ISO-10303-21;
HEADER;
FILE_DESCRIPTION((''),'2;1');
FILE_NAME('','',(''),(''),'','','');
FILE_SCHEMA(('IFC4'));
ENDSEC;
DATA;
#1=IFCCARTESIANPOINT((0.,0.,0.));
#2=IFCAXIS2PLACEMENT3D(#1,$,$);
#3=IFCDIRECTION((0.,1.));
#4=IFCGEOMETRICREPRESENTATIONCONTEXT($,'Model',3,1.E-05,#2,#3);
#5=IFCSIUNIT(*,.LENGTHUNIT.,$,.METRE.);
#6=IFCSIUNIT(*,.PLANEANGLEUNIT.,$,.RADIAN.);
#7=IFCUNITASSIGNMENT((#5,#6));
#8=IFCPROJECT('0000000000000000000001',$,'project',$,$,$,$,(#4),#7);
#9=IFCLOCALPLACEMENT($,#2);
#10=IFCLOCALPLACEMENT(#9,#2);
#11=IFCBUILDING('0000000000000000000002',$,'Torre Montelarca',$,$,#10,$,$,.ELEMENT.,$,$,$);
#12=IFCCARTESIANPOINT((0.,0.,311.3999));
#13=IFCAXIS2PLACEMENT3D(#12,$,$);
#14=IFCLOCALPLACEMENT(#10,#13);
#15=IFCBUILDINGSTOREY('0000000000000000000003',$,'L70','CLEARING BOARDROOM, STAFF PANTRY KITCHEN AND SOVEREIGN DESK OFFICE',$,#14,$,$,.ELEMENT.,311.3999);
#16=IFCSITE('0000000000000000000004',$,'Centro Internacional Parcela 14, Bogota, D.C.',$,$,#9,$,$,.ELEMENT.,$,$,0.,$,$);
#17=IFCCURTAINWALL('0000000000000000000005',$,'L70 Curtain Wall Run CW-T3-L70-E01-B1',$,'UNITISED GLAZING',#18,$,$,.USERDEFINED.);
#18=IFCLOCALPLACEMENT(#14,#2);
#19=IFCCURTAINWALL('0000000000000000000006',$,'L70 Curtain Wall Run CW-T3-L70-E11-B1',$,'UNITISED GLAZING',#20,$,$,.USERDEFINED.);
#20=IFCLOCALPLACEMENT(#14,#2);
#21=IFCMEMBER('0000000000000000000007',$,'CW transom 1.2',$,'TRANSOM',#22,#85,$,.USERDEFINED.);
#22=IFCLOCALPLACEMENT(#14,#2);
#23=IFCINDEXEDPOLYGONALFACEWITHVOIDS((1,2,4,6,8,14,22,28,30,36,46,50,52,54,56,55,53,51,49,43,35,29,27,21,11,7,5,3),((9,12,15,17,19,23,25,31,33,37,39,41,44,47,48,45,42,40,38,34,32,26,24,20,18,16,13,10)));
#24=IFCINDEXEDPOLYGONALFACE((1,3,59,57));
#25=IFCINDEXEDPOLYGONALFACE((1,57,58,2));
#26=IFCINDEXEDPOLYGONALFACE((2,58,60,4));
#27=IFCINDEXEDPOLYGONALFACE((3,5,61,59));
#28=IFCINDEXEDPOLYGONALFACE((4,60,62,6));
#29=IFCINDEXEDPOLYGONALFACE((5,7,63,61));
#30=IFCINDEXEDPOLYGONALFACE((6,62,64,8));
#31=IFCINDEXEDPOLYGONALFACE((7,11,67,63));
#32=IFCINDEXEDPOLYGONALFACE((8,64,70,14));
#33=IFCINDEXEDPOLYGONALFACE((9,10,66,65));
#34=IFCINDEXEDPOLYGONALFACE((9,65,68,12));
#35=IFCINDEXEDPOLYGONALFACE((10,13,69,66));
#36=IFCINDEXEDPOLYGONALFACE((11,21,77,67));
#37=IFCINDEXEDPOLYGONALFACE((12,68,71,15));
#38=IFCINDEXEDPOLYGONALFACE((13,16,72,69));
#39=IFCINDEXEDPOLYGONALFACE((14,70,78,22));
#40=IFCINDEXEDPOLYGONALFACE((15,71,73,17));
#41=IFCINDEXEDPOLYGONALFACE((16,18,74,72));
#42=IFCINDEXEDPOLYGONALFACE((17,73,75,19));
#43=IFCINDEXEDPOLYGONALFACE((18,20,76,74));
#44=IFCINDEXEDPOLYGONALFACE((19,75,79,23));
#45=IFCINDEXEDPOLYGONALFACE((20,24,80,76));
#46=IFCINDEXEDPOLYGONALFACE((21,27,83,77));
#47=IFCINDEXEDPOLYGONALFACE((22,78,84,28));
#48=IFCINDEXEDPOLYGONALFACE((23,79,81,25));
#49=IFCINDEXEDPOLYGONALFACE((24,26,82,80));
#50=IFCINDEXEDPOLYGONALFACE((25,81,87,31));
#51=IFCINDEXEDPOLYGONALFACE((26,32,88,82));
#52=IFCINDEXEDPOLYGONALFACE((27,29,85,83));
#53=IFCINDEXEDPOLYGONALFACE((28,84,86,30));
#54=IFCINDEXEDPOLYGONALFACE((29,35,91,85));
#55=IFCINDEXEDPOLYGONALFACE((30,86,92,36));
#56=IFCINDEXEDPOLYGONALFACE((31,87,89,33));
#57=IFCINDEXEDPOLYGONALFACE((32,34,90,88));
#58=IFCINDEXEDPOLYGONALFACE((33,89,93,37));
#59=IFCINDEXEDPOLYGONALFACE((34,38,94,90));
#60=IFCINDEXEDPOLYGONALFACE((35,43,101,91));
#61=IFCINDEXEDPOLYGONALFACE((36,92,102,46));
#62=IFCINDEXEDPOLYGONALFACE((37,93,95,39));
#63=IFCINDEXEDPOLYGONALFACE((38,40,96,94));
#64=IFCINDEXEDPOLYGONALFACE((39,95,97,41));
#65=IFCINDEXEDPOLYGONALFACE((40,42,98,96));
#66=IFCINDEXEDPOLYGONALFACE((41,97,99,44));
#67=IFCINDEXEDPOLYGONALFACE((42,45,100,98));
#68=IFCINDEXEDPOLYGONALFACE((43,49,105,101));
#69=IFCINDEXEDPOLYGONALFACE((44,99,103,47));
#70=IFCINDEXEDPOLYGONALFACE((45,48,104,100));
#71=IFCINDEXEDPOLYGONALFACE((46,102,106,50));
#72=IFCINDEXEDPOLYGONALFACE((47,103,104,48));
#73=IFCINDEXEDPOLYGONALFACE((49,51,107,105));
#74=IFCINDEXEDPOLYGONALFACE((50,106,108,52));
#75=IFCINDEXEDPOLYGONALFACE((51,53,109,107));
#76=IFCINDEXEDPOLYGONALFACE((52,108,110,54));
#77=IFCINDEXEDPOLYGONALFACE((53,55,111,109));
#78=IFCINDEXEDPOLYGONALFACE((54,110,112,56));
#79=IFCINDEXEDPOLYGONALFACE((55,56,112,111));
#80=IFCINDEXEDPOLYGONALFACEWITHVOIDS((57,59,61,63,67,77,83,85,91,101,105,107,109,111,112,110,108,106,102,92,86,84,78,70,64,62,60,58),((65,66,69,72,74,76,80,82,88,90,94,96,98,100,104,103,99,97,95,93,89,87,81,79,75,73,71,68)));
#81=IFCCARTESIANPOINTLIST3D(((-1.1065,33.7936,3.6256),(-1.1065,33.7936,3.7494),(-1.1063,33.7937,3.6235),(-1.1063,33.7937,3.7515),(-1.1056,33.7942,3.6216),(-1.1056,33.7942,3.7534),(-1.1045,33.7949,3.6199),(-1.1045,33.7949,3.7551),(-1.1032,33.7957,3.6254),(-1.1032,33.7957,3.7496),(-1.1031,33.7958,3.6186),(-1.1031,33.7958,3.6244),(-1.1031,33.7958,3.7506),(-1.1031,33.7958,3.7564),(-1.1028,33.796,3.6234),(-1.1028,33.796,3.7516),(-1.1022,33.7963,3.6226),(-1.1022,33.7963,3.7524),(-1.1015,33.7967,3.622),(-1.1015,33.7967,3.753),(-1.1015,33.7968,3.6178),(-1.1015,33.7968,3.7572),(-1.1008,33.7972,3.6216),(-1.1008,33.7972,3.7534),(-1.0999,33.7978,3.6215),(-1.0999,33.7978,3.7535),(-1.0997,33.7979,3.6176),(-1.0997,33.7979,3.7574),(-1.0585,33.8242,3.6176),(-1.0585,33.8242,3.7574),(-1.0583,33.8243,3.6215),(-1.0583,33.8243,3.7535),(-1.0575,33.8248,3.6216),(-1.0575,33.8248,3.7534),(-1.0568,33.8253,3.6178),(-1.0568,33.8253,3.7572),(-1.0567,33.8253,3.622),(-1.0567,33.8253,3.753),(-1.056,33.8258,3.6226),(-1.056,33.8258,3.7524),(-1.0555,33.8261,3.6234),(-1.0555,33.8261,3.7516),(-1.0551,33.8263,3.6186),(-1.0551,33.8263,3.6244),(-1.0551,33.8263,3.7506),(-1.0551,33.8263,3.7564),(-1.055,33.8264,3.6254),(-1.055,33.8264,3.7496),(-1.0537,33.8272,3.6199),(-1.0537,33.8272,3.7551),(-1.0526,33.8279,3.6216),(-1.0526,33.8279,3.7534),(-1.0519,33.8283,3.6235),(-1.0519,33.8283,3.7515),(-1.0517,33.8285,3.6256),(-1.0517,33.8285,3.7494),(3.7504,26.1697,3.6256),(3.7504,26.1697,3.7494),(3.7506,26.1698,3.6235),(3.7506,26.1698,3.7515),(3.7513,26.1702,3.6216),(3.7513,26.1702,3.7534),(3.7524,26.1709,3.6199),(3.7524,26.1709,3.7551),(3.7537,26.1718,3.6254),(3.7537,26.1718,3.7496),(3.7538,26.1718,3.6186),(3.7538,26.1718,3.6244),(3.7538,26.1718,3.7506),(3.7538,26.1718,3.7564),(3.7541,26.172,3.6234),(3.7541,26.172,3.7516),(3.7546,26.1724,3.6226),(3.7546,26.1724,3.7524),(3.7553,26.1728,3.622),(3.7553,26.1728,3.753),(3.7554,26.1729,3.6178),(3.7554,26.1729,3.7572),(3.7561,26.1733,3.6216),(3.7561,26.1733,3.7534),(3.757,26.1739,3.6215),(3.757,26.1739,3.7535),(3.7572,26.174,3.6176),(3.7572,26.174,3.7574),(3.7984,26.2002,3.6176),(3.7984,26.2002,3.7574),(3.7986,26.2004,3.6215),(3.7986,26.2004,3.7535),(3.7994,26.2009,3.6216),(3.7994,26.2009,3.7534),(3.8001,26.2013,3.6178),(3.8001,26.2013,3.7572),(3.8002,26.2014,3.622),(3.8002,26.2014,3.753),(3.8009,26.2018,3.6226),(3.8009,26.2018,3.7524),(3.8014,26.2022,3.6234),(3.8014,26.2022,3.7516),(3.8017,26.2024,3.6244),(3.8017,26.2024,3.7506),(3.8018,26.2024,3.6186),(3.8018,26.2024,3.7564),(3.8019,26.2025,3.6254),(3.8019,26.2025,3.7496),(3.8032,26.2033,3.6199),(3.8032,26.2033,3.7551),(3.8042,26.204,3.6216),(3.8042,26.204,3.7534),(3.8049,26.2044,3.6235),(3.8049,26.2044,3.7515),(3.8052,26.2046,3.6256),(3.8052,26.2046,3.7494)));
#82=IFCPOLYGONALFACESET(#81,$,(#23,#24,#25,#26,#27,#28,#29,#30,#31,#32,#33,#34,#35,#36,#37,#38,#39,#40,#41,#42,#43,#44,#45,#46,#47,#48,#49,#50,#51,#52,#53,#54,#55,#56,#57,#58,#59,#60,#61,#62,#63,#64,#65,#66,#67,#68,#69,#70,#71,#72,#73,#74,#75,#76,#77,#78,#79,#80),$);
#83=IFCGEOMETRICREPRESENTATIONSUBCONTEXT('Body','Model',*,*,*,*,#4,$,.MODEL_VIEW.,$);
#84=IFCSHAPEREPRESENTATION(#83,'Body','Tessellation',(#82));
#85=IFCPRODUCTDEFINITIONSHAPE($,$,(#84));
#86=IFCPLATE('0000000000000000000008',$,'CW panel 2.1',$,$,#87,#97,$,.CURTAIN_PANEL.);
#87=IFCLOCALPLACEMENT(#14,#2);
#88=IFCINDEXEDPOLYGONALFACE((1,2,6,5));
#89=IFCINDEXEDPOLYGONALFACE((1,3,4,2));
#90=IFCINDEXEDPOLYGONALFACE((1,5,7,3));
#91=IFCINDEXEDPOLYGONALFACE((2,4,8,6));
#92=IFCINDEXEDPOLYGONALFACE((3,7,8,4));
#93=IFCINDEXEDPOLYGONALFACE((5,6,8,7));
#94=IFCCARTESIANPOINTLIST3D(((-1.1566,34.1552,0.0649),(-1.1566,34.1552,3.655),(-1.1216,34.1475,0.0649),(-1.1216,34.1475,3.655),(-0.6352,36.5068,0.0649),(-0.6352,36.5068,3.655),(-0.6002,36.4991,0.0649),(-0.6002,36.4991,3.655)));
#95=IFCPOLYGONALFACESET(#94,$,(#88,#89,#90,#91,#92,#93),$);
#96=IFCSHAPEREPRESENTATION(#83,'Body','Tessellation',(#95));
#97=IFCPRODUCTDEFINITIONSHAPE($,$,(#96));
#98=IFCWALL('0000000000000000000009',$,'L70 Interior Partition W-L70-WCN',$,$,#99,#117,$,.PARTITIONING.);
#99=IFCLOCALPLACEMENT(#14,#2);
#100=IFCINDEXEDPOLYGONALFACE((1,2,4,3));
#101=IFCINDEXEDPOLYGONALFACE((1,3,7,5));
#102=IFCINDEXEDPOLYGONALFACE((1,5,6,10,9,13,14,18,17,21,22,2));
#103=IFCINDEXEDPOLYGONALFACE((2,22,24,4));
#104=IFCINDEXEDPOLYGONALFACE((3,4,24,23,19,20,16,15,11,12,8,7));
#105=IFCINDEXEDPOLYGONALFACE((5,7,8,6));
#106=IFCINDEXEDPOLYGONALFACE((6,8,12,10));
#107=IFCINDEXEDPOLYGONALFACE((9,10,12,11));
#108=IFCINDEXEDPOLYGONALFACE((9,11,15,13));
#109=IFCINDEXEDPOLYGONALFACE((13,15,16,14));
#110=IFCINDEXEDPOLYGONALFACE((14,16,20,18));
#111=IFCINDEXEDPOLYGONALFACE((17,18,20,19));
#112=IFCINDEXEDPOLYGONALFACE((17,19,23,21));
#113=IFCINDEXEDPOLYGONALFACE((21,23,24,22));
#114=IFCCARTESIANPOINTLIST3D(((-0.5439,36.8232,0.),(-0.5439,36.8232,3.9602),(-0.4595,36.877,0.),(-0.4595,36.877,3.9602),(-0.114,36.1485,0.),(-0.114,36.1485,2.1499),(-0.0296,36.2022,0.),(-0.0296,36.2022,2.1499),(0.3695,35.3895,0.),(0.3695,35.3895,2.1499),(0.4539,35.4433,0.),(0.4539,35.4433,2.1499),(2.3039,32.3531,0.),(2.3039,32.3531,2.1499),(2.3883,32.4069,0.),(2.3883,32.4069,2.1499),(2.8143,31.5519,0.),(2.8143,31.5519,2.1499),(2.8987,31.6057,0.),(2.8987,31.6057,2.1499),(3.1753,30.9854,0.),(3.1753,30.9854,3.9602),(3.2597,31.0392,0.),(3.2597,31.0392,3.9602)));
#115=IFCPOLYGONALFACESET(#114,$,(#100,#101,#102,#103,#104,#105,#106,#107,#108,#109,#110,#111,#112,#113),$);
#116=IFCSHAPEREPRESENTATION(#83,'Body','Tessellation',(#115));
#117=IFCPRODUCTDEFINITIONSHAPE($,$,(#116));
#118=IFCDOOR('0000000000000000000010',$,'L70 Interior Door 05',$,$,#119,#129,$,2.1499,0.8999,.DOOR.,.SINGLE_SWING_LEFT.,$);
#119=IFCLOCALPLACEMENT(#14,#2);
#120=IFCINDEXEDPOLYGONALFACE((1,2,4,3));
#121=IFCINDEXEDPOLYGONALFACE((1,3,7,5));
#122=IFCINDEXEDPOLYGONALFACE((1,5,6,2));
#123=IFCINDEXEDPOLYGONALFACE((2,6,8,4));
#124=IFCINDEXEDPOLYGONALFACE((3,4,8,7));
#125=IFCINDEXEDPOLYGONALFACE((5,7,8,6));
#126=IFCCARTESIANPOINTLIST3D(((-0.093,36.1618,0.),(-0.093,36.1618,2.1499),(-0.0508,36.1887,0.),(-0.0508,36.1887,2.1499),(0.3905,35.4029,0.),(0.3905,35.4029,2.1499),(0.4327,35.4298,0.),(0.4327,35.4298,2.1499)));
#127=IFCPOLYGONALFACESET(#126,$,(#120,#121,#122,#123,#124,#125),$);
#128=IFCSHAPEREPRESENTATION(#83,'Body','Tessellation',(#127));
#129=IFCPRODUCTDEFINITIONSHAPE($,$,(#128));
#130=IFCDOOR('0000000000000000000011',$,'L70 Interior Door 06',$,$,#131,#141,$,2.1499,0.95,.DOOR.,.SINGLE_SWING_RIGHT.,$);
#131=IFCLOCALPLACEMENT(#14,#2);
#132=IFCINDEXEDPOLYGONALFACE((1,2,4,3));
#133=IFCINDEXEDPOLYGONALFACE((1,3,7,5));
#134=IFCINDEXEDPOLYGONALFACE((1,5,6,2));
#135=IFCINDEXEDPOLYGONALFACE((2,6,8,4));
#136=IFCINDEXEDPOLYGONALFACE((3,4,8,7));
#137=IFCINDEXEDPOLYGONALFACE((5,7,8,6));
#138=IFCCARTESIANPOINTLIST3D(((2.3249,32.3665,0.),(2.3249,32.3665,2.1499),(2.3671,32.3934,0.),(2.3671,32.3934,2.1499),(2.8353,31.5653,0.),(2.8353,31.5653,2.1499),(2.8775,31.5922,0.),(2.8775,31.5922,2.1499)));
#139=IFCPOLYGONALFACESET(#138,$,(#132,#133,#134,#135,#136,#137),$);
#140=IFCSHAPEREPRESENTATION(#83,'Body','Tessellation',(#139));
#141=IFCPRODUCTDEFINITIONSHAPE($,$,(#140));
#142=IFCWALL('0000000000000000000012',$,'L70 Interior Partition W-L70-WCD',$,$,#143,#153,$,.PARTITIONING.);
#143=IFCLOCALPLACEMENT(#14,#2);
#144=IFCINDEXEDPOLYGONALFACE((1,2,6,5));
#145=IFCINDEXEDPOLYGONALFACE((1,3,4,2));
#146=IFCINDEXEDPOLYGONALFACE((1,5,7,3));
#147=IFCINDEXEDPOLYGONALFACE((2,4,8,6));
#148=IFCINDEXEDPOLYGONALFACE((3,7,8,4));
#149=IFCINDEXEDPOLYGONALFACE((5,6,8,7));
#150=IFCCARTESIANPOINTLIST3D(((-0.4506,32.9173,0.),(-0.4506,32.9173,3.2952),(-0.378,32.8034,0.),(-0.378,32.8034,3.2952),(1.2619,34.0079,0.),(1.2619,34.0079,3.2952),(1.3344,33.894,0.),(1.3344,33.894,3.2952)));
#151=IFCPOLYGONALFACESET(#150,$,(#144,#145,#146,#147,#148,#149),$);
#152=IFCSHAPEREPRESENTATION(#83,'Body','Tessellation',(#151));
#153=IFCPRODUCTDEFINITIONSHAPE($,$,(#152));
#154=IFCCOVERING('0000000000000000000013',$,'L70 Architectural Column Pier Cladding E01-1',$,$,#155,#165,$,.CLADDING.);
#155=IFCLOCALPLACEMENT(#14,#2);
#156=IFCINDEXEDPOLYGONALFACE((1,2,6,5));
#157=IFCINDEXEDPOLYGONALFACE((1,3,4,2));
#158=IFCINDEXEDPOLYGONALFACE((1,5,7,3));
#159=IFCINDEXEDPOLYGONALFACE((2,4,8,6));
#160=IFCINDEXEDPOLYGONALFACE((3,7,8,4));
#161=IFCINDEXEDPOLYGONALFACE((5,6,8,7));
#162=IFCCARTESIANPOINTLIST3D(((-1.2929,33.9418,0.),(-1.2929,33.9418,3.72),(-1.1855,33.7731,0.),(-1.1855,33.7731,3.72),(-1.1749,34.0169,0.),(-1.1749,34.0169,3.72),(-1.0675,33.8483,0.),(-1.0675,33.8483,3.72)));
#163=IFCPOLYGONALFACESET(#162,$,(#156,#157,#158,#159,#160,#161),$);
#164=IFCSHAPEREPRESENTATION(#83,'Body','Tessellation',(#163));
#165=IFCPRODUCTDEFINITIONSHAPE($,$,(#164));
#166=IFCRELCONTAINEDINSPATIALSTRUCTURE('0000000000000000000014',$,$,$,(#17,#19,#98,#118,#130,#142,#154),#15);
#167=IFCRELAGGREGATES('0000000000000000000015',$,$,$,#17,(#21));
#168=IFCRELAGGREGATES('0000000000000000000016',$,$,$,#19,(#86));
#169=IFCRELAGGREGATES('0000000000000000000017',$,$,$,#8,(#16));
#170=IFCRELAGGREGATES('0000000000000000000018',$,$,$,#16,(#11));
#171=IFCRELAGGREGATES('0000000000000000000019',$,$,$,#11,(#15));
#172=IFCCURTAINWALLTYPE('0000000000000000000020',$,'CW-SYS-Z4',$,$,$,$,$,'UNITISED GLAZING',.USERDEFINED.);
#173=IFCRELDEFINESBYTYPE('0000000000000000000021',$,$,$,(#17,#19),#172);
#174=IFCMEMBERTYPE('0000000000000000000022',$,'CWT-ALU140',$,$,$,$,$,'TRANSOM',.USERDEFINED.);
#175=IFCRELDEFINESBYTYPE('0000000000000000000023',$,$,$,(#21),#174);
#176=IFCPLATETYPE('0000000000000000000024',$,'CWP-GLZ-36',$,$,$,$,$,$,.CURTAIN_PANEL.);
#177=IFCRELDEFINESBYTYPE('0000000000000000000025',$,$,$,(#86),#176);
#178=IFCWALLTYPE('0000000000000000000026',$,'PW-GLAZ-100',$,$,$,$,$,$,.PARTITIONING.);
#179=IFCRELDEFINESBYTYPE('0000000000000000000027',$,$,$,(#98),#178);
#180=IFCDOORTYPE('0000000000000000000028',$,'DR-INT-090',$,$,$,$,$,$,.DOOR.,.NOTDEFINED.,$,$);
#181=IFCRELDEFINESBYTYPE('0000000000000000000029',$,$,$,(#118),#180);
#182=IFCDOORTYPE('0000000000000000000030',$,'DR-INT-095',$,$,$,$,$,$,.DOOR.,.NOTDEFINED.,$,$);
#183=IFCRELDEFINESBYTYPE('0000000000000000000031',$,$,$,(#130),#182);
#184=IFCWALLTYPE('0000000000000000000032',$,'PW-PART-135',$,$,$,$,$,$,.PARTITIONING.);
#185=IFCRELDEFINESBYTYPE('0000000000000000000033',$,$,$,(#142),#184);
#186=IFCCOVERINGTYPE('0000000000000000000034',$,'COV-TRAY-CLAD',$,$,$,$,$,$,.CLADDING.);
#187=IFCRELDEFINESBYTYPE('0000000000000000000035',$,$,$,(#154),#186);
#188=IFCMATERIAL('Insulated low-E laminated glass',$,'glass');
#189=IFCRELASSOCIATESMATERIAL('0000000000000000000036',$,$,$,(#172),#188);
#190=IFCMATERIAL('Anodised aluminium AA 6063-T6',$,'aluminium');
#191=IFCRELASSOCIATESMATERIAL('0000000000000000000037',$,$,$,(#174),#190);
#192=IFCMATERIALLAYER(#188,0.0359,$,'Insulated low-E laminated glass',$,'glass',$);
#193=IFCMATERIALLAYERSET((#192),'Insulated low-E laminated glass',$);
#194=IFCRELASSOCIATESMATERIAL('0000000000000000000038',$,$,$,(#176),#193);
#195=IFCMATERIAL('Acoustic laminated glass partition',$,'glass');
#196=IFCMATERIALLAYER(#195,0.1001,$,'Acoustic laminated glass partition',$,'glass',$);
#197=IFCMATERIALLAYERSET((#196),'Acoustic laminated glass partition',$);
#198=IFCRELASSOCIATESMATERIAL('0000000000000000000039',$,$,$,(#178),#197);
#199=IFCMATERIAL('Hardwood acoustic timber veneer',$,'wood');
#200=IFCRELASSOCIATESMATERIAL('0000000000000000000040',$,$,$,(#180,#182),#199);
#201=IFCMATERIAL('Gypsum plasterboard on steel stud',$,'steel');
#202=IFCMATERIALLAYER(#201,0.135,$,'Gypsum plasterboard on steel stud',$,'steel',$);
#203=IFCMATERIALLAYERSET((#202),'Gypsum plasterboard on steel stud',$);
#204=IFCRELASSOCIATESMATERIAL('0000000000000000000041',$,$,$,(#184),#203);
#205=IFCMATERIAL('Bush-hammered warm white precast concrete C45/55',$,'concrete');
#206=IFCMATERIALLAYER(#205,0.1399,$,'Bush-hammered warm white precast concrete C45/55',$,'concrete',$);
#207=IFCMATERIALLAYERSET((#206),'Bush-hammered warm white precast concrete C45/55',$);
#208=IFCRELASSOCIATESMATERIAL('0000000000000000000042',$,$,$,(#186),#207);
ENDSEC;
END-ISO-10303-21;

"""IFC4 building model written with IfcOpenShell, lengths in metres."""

from ifc_helpers import new_model, si_unit, direction, frame, frame_2d, origin, origin_2d, place, context, subcontext, project, spatial, rectangle, hollow_rectangle, extrude, source, transform, mapped, material, layer, layer_set, material_profile, profile_set, type_object, element, fill, aggregate, save


model = new_model("IFC4")

# Units and contexts
model_context = context("Model", 3, precision=1e-05, world=origin(), true_north=direction((0.0, 1.0)))
body_context = subcontext(model_context, "Body", "Model", "MODEL_VIEW")
ifc_project = project(units=[si_unit("LENGTHUNIT", "METRE"), si_unit("PLANEANGLEUNIT", "RADIAN")], contexts=[model_context])

# Site, building, storey
site_placement = place(None, origin())
site = spatial("IfcSite", under=ifc_project, at=site_placement, Name="Centro Internacional Parcela 14, Bogota, D.C.", CompositionType="ELEMENT", RefElevation=0.0)
building_placement = place(site_placement, origin())
building = spatial("IfcBuilding", under=site, at=building_placement, Name="Torre Montelarca", CompositionType="ELEMENT")
storey_placement = place(building_placement, frame((0.0, 0.0, 311.3999)))
storey = spatial("IfcBuildingStorey", under=building, at=storey_placement, Name="L70", Description="CLEARING BOARDROOM, STAFF PANTRY KITCHEN AND SOVEREIGN DESK OFFICE", CompositionType="ELEMENT", Elevation=311.3999)

# Curtain wall
ifc_material_1 = material(Name="Insulated low-E laminated glass", Category="glass")
curtain_wall_type = type_object("IfcCurtainWallType", Name="CW-SYS-Z4", ElementType="UNITISED GLAZING", PredefinedType="USERDEFINED", material=ifc_material_1)
curtain_wall_1_placement = place(storey_placement, origin())
curtain_wall_1 = element("IfcCurtainWall", 1, at=curtain_wall_1_placement, inside=storey, type_object=curtain_wall_type, Name="L70 Curtain Wall Run CW-T3-L70-E01-B1", ObjectType="UNITISED GLAZING", PredefinedType="USERDEFINED")
ifc_material_2 = material(Name="Anodised aluminium AA 6063-T6", Category="aluminium")

# Curtain wall
curtain_wall_2_placement = place(storey_placement, origin())
curtain_wall_2 = element("IfcCurtainWall", 2, at=curtain_wall_2_placement, inside=storey, type_object=curtain_wall_type, Name="L70 Curtain Wall Run CW-T3-L70-E11-B1", ObjectType="UNITISED GLAZING", PredefinedType="USERDEFINED")
ifc_material_profile_1 = material_profile(ifc_material_2, hollow_rectangle(XDim=0.0649, YDim=0.1399, WallThickness=0.0039, InnerFilletRadius=0.0039, OuterFilletRadius=0.0081, at=origin_2d()), Name="ALU65X140X4", Category="aluminium")
ifc_profile_set_1 = profile_set([ifc_material_profile_1], Name="Anodised aluminium AA 6063-T6")
member_type_1 = type_object("IfcMemberType", Name="CWT-ALU140", ElementType="TRANSOM", PredefinedType="USERDEFINED", material=ifc_profile_set_1)

# Member
shared_shape_1 = source(origin(), body_context, "Body", "SweptSolid", [
    extrude(hollow_rectangle(XDim=0.0649, YDim=0.1399, WallThickness=0.0039, InnerFilletRadius=0.0039, OuterFilletRadius=0.0081, at=origin_2d()), origin(), (0.0, 0.0, 1.0), 9.0396),
])
member_1_placement = place(storey_placement, frame((-1.0791, 33.811, 3.6875), z_axis=(0.537291, -0.843397, 0.0), x_axis=(0.843397, 0.537291, 0.0)))
member_1 = element("IfcMember", 3, at=member_1_placement, type_object=member_type_1, Name="CW transom 1.2", ObjectType="TRANSOM", PredefinedType="USERDEFINED", context=body_context, shape_type="MappedRepresentation", body=[
    mapped(shared_shape_1, transform((0.0, 0.0, 0.0), scale=1.0)),
])
aggregate(curtain_wall_1, [member_1])

# Plate
ifc_layer_1 = layer(ifc_material_1, 0.0359, Name="Insulated low-E laminated glass", Category="glass")
ifc_layer_set_1 = layer_set([ifc_layer_1], Name="Insulated low-E laminated glass")
plate_type = type_object("IfcPlateType", Name="CWP-GLZ-36", PredefinedType="CURTAIN_PANEL", material=ifc_layer_set_1)
shared_shape_2 = source(origin(), body_context, "Body", "SweptSolid", [
    extrude(rectangle(XDim=2.4087, YDim=0.0359, at=origin_2d()), origin(), (0.0, 0.0, 1.0), 3.5901),
])
plate_placement = place(storey_placement, frame((-0.8784, 35.3271, 0.0649), z_axis=(0.0, 0.0, 1.0), x_axis=(-0.216462, -0.976291, 0.0)))
plate = element("IfcPlate", 4, at=plate_placement, type_object=plate_type, Name="CW panel 2.1", PredefinedType="CURTAIN_PANEL", context=body_context, shape_type="MappedRepresentation", body=[
    mapped(shared_shape_2, transform((0.0, 0.0, 0.0), scale=1.0)),
])
aggregate(curtain_wall_2, [plate])

# Wall, openings, doors
ifc_material_3 = material(Name="Acoustic laminated glass partition", Category="glass")
ifc_layer_2 = layer(ifc_material_3, 0.1001, Name="Acoustic laminated glass partition", Category="glass")
ifc_layer_set_2 = layer_set([ifc_layer_2], Name="Acoustic laminated glass partition")
wall_type_1 = type_object("IfcWallType", Name="PW-GLAZ-100", PredefinedType="PARTITIONING", material=ifc_layer_set_2)
wall_1_placement = place(storey_placement, frame((-0.5017, 36.8501, 0.0), z_axis=(0.0, 0.0, 1.0), x_axis=(0.537309, -0.843385, 0.0)))
wall_1 = element("IfcWall", 5, at=wall_1_placement, inside=storey, type_object=wall_type_1, Name="L70 Interior Partition W-L70-WCN", PredefinedType="PARTITIONING", context=body_context, shape_type="SweptSolid", body=[
    extrude(rectangle(XDim=6.9219, YDim=0.1001, at=frame_2d((3.4609, 0.0))), origin(), (0.0, 0.0, 1.0), 3.9602),
])
opening_1_placement = place(wall_1_placement, frame((0.8, 0.0, 0.0)))
opening_1 = element("IfcOpeningElement", 6, at=opening_1_placement, cuts=wall_1, PredefinedType="OPENING", context=body_context, shape_type="SweptSolid", body=[
    extrude(rectangle(XDim=0.8999, YDim=2.1499, at=frame_2d((0.45, 1.075))), frame((0.0, 0.0601, 0.0), z_axis=(0.0, -1.0, 0.0), x_axis=(1.0, 0.0, 0.0)), (0.0, 0.0, 1.0), 0.1201),
])
opening_2_placement = place(wall_1_placement, frame((5.3, 0.0, 0.0)))
opening_2 = element("IfcOpeningElement", 7, at=opening_2_placement, cuts=wall_1, PredefinedType="OPENING", context=body_context, shape_type="SweptSolid", body=[
    extrude(rectangle(XDim=0.95, YDim=2.1499, at=frame_2d((0.4751, 1.075))), frame((0.0, 0.0601, 0.0), z_axis=(0.0, -1.0, 0.0), x_axis=(1.0, 0.0, 0.0)), (0.0, 0.0, 1.0), 0.1201),
])
ifc_material_4 = material(Name="Hardwood acoustic timber veneer", Category="wood")
door_type_1 = type_object("IfcDoorType", Name="DR-INT-090", OperationType="NOTDEFINED", PredefinedType="DOOR", material=ifc_material_4)
shared_shape_3 = source(origin(), body_context, "Body", "SweptSolid", [
    extrude(rectangle(XDim=0.8999, YDim=2.1499, at=frame_2d((0.45, 1.075))), frame((0.0, 0.0249, 0.0), z_axis=(0.0, -1.0, 0.0), x_axis=(1.0, 0.0, 0.0)), (0.0, 0.0, 1.0), 0.05),
])
door_1_placement = place(opening_1_placement, origin())
door_1 = element("IfcDoor", 8, at=door_1_placement, inside=storey, type_object=door_type_1, Name="L70 Interior Door 05", OperationType="SINGLE_SWING_LEFT", OverallHeight=2.1499, OverallWidth=0.8999, PredefinedType="DOOR", context=body_context, shape_type="MappedRepresentation", body=[
    mapped(shared_shape_3, transform((0.0, 0.0, 0.0), scale=1.0)),
])
fill(opening_1, door_1)
door_type_2 = type_object("IfcDoorType", Name="DR-INT-095", OperationType="NOTDEFINED", PredefinedType="DOOR", material=ifc_material_4)
shared_shape_4 = source(origin(), body_context, "Body", "SweptSolid", [
    extrude(rectangle(XDim=0.95, YDim=2.1499, at=frame_2d((0.4751, 1.075))), frame((0.0, 0.0249, 0.0), z_axis=(0.0, -1.0, 0.0), x_axis=(1.0, 0.0, 0.0)), (0.0, 0.0, 1.0), 0.05),
])
door_2_placement = place(opening_2_placement, origin())
door_2 = element("IfcDoor", 9, at=door_2_placement, inside=storey, type_object=door_type_2, Name="L70 Interior Door 06", OperationType="SINGLE_SWING_RIGHT", OverallHeight=2.1499, OverallWidth=0.95, PredefinedType="DOOR", context=body_context, shape_type="MappedRepresentation", body=[
    mapped(shared_shape_4, transform((0.0, 0.0, 0.0), scale=1.0)),
])
fill(opening_2, door_2)

# Wall
ifc_material_5 = material(Name="Gypsum plasterboard on steel stud", Category="steel")
ifc_layer_3 = layer(ifc_material_5, 0.135, Name="Gypsum plasterboard on steel stud", Category="steel")
ifc_layer_set_3 = layer_set([ifc_layer_3], Name="Gypsum plasterboard on steel stud")
wall_type_2 = type_object("IfcWallType", Name="PW-PART-135", PredefinedType="PARTITIONING", material=ifc_layer_set_3)
wall_2_placement = place(storey_placement, frame((-0.4143, 32.8604, 0.0), z_axis=(0.0, 0.0, 1.0), x_axis=(0.843468, 0.537179, 0.0)))
element("IfcWall", 10, at=wall_2_placement, inside=storey, type_object=wall_type_2, Name="L70 Interior Partition W-L70-WCD", PredefinedType="PARTITIONING", context=body_context, shape_type="SweptSolid", body=[
    extrude(rectangle(XDim=2.0303, YDim=0.135, at=frame_2d((1.0151, 0.0))), origin(), (0.0, 0.0, 1.0), 3.2952),
])

# Covering
ifc_material_6 = material(Name="Bush-hammered warm white precast concrete C45/55", Category="concrete")
ifc_layer_4 = layer(ifc_material_6, 0.1399, Name="Bush-hammered warm white precast concrete C45/55", Category="concrete")
ifc_layer_set_4 = layer_set([ifc_layer_4], Name="Bush-hammered warm white precast concrete C45/55")
covering_type = type_object("IfcCoveringType", Name="COV-TRAY-CLAD", PredefinedType="CLADDING", material=ifc_layer_set_4)
shared_shape_5 = source(origin(), body_context, "Body", "SweptSolid", [
    extrude(rectangle(XDim=0.2, YDim=0.1399, at=origin_2d()), origin(), (0.0, 0.0, 1.0), 3.72),
])
for number, where, z_axis, x_axis, name in (
    (11, (-1.1802, 33.895, 0.0), (0.0, 0.0, 1.0), (0.537301, -0.843391, 0.0), "L70 Architectural Column Pier Cladding E01-1"),
):
    element("IfcCovering", number, at=place(storey_placement, frame(where, z_axis=z_axis, x_axis=x_axis)), inside=storey, type_object=covering_type, Name=name, PredefinedType="CLADDING", context=body_context, shape_type="MappedRepresentation", body=[
        mapped(shared_shape_5, transform((0.0, 0.0, 0.0), scale=1.0)),
    ])

save(model, "model.ifc")
